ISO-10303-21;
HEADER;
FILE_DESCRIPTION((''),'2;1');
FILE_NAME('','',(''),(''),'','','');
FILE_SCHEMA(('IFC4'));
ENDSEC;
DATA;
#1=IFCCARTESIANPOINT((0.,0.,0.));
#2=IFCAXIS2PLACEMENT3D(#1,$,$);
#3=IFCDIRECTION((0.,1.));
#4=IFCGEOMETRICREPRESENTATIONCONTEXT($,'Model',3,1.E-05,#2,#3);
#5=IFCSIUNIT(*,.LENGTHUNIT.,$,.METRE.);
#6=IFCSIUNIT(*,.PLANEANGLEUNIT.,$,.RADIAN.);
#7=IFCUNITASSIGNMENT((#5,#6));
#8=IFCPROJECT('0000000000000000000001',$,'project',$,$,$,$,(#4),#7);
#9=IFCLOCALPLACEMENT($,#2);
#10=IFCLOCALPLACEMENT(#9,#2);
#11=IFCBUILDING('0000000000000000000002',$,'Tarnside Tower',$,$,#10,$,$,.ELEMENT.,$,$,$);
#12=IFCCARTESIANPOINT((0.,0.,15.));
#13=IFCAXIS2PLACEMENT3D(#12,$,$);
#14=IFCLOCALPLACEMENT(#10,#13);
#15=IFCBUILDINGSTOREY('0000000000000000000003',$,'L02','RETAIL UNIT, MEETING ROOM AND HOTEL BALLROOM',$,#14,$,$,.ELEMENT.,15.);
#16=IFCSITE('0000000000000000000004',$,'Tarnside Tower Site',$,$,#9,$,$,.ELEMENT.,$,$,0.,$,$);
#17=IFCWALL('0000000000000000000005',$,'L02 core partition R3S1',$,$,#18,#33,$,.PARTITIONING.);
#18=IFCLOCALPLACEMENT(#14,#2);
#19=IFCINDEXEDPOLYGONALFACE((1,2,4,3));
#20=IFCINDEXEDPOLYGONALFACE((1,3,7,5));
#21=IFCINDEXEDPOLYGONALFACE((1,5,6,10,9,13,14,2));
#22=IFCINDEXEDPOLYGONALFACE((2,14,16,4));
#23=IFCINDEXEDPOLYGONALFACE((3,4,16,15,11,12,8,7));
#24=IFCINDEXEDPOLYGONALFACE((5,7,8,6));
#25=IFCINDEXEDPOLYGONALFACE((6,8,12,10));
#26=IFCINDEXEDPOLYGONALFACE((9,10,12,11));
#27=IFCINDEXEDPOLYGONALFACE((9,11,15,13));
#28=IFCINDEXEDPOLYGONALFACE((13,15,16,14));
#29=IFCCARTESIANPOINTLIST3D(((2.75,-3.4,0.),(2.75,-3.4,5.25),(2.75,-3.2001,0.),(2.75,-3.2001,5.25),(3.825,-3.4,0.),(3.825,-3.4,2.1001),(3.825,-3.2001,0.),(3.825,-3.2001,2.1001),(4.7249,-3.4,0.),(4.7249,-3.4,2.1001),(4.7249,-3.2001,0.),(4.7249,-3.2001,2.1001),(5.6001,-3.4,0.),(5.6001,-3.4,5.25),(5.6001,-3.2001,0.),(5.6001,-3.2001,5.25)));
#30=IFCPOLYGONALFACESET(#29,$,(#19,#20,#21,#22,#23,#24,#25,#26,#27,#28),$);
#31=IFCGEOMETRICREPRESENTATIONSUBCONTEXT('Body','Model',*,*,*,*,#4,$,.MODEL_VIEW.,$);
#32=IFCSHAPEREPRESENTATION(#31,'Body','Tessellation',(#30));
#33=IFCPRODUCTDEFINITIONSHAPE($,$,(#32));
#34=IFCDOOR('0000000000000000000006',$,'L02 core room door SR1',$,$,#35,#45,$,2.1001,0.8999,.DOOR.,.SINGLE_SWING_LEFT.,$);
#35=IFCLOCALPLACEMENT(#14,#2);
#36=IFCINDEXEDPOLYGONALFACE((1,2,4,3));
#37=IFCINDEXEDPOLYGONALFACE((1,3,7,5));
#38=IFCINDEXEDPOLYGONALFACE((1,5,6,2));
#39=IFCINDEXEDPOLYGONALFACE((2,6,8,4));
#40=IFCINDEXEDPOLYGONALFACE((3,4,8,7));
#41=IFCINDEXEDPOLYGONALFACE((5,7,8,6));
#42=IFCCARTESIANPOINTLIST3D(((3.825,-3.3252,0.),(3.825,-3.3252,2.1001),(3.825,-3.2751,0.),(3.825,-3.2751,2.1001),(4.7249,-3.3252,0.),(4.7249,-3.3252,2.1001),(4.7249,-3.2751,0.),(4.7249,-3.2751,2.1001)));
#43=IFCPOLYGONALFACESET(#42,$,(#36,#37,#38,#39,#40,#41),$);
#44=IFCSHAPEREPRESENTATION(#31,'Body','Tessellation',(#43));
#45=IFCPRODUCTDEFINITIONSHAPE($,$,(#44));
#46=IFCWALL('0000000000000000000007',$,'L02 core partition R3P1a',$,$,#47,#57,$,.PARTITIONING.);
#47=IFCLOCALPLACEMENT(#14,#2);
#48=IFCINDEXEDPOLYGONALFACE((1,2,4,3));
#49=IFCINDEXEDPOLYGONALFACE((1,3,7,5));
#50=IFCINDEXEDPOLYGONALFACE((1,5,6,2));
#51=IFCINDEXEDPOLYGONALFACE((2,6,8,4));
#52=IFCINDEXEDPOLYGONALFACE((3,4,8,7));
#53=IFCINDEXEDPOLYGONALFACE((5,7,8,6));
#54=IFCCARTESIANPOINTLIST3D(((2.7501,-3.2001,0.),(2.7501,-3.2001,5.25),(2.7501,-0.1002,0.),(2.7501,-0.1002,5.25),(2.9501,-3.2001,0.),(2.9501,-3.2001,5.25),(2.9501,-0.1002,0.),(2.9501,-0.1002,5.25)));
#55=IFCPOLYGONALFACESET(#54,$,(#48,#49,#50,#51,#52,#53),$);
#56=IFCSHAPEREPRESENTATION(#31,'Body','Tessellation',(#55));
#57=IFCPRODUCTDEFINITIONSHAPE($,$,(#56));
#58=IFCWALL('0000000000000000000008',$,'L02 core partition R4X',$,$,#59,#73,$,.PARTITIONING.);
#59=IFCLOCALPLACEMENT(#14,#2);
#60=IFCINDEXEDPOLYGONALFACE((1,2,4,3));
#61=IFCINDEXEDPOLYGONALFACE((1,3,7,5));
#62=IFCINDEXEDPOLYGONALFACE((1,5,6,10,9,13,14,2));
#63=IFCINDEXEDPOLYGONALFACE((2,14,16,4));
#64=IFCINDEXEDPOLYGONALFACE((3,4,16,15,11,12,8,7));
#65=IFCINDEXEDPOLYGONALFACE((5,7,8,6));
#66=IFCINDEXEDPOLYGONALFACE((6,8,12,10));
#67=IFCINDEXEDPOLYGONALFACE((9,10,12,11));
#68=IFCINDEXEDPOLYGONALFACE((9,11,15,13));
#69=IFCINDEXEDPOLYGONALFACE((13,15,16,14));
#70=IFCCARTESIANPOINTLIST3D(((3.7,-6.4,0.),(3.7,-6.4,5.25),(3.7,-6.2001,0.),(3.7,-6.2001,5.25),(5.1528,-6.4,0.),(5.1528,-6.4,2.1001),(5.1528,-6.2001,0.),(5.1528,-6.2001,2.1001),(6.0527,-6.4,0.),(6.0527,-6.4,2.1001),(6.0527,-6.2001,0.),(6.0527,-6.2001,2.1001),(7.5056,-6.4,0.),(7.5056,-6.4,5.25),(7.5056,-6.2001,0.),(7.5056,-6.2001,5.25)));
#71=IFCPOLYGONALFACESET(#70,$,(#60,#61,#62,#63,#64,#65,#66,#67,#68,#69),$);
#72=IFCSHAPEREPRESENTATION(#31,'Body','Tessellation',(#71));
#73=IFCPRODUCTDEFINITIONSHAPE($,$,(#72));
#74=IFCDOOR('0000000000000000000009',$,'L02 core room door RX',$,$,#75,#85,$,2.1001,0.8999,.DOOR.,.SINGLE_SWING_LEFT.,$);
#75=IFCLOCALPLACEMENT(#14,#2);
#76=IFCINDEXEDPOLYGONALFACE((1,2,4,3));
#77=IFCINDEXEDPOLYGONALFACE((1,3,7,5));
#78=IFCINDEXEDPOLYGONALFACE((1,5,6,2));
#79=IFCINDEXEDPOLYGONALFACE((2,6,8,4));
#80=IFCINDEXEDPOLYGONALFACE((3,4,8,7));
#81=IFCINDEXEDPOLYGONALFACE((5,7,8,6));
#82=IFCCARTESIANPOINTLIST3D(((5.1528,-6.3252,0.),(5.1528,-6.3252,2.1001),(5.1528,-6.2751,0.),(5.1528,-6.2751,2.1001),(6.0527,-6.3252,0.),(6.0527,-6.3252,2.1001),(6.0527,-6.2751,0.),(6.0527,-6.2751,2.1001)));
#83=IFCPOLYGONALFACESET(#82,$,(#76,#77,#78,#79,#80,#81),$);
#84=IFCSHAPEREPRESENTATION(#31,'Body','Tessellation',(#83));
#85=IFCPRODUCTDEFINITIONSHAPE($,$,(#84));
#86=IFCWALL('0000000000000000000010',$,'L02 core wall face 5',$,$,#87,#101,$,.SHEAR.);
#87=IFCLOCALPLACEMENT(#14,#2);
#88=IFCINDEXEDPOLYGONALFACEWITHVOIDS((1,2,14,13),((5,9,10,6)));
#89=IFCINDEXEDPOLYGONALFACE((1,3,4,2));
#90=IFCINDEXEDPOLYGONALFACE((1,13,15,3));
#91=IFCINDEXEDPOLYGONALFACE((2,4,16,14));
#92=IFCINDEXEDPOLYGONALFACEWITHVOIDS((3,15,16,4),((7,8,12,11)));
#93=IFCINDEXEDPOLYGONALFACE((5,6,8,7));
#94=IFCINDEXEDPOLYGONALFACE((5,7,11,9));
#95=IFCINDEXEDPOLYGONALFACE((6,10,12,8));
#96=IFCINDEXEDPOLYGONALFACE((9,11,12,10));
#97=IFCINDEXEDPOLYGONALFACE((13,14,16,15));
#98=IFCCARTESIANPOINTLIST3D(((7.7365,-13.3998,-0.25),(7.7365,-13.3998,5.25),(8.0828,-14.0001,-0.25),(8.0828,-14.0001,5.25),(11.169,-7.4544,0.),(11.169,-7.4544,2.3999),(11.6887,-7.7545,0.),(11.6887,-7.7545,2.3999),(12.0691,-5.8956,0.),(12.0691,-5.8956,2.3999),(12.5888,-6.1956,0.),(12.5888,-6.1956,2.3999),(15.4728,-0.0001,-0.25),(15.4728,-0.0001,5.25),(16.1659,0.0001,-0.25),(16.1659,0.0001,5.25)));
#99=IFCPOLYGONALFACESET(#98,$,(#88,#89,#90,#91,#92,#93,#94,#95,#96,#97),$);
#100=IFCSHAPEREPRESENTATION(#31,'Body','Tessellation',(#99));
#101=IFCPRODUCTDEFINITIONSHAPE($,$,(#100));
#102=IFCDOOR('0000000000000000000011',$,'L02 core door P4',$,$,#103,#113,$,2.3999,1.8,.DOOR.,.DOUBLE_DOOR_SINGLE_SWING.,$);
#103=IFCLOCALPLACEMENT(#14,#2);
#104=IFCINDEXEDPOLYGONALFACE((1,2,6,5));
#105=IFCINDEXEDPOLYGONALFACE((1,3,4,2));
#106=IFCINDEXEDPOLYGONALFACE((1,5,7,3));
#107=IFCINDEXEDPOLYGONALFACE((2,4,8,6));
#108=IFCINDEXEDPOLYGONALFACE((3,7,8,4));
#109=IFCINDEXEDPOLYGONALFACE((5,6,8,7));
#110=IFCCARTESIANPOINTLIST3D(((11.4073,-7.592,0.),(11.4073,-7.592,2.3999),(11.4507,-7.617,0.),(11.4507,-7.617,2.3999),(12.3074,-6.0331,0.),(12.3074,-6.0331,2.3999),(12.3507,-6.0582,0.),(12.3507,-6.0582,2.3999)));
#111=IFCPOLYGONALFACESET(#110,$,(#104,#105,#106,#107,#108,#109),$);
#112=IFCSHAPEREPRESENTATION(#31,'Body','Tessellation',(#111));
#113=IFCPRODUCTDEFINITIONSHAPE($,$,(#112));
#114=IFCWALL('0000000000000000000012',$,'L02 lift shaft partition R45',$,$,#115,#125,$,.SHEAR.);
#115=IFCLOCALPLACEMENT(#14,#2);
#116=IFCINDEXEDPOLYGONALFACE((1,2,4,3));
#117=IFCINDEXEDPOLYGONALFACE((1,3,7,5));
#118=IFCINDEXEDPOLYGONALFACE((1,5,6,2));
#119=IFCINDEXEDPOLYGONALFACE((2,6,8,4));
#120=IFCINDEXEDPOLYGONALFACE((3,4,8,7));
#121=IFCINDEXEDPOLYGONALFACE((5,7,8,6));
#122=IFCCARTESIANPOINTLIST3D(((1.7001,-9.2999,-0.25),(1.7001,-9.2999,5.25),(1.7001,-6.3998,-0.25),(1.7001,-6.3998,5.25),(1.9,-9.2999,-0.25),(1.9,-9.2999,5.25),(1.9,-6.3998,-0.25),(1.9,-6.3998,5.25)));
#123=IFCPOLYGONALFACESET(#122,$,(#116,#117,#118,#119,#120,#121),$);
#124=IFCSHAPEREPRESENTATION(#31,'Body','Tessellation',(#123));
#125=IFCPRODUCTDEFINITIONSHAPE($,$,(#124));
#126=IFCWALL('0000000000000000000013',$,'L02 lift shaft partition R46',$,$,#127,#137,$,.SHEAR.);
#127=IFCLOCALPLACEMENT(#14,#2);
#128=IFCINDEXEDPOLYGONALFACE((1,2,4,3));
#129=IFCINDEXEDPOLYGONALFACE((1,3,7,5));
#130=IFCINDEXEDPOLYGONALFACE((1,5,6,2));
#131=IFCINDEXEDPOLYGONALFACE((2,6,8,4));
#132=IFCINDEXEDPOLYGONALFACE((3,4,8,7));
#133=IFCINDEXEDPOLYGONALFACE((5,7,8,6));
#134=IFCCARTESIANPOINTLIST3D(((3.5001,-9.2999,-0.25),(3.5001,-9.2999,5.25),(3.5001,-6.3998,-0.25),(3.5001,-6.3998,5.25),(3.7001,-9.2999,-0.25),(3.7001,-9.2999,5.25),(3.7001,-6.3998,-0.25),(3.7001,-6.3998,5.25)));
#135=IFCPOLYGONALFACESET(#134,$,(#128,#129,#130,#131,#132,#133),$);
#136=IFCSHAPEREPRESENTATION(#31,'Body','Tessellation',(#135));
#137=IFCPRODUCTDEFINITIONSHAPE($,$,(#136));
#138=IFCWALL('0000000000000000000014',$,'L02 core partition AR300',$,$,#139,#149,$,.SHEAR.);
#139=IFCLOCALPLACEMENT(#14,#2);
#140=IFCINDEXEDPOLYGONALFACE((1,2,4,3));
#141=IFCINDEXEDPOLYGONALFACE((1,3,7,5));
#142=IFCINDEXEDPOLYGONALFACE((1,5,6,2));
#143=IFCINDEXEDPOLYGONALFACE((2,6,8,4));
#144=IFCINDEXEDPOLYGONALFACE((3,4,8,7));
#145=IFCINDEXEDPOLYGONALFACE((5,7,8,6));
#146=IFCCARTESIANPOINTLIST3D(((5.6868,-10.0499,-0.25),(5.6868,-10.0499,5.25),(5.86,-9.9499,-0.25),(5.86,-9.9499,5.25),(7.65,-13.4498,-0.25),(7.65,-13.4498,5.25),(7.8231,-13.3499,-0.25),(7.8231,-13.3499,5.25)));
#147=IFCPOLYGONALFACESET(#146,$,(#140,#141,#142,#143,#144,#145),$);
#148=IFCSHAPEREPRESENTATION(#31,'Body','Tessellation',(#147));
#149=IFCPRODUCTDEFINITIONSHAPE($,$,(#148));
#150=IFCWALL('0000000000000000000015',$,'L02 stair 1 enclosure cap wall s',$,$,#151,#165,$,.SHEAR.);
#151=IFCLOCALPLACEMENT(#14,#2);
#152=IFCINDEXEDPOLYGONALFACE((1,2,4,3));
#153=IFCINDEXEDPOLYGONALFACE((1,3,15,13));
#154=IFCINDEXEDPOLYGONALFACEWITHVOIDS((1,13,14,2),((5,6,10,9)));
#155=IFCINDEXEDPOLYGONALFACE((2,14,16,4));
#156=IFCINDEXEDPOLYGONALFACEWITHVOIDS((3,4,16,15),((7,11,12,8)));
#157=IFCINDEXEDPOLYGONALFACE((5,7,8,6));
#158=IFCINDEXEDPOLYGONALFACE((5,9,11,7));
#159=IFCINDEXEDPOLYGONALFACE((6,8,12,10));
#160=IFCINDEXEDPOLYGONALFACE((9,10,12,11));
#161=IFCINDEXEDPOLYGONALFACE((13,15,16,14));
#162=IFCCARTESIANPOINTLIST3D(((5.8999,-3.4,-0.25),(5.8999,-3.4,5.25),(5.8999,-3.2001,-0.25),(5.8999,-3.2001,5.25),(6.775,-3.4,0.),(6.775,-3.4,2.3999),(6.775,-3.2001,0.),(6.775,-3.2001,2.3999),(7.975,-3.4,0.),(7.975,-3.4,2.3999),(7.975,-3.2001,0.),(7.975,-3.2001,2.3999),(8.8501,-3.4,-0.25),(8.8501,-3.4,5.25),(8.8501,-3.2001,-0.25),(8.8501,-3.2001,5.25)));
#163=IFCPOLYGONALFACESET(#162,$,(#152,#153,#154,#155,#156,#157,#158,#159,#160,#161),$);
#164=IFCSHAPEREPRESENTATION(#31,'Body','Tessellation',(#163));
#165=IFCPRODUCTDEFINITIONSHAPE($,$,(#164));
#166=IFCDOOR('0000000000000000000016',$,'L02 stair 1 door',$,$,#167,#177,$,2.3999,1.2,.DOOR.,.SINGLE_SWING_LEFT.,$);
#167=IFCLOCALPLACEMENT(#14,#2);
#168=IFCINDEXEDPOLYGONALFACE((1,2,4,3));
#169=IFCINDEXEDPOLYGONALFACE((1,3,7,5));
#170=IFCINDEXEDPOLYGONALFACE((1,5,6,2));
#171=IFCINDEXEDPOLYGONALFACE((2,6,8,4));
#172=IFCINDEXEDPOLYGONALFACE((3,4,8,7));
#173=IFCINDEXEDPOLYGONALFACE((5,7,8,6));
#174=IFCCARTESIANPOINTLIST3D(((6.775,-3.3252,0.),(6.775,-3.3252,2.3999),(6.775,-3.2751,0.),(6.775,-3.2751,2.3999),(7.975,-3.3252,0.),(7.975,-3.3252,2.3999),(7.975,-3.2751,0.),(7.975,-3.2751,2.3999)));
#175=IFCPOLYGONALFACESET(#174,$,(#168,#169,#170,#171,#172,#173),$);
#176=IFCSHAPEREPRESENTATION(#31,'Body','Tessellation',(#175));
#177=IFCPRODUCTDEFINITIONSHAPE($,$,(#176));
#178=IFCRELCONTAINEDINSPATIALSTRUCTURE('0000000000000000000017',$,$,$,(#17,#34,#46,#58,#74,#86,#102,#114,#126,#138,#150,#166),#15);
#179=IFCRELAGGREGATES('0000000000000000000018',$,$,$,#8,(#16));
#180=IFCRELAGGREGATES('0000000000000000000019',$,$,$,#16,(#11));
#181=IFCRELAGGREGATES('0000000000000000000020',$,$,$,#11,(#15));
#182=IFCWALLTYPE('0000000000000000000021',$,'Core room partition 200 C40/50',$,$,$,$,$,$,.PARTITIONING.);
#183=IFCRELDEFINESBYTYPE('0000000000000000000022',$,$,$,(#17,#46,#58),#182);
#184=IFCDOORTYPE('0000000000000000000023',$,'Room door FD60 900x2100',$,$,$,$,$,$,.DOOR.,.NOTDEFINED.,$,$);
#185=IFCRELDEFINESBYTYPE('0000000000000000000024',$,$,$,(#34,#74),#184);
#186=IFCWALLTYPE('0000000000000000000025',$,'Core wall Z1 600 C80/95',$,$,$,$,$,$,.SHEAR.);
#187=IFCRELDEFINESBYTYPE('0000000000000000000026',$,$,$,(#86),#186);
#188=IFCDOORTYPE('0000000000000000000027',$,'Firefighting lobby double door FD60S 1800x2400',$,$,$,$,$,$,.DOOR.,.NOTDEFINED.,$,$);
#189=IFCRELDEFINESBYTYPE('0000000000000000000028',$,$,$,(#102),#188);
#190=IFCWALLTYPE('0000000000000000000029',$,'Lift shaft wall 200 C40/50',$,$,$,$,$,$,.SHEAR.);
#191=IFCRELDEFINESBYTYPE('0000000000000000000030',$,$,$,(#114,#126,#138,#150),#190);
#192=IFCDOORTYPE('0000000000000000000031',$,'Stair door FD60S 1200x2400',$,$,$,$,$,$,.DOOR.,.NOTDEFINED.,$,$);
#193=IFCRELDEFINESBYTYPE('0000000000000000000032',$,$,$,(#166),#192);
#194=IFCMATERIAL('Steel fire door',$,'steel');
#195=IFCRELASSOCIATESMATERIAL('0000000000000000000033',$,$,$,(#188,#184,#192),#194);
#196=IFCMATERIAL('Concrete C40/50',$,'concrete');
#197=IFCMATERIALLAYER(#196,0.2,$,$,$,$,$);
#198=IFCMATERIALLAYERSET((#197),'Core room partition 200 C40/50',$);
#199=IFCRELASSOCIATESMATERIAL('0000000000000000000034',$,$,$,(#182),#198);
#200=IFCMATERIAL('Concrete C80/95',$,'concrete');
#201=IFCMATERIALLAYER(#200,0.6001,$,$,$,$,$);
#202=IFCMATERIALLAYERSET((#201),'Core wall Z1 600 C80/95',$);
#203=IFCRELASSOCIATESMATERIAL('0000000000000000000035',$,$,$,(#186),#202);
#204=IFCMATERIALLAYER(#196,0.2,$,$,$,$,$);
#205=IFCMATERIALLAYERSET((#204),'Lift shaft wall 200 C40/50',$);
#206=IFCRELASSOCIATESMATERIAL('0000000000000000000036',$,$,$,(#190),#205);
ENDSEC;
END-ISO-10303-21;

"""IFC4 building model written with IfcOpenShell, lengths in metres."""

from ifc_helpers import new_model, si_unit, direction, frame, frame_2d, origin, place, context, subcontext, project, spatial, polyline, rectangle, outline, extrude, material, layer, layer_set, type_object, element, fill, save


model = new_model("IFC4")

# Units and contexts
model_context = context("Model", 3, precision=1e-05, world=origin(), true_north=direction((0.0, 1.0)))
body_context = subcontext(model_context, "Body", "Model", "MODEL_VIEW")
ifc_project = project(units=[si_unit("LENGTHUNIT", "METRE"), si_unit("PLANEANGLEUNIT", "RADIAN")], contexts=[model_context])

# Site, building, storey
site_placement = place(None, origin())
site = spatial("IfcSite", under=ifc_project, at=site_placement, Name="Tarnside Tower Site", CompositionType="ELEMENT", RefElevation=0.0)
building_placement = place(site_placement, origin())
building = spatial("IfcBuilding", under=site, at=building_placement, Name="Tarnside Tower", CompositionType="ELEMENT")
storey_placement = place(building_placement, frame((0.0, 0.0, 15.0)))
storey = spatial("IfcBuildingStorey", under=building, at=storey_placement, Name="L02", Description="RETAIL UNIT, MEETING ROOM AND HOTEL BALLROOM", CompositionType="ELEMENT", Elevation=15.0)

# Shared definitions
ifc_material_1 = material(Name="Concrete C40/50", Category="concrete")

# Wall, opening, door
ifc_material_2 = material(Name="Steel fire door", Category="steel")
door_type_1 = type_object("IfcDoorType", Name="Firefighting lobby double door FD60S 1800x2400", OperationType="NOTDEFINED", PredefinedType="DOOR", material=ifc_material_2)
ifc_layer_1 = layer(ifc_material_1, 0.2)
ifc_layer_set_1 = layer_set([ifc_layer_1], Name="Core room partition 200 C40/50")
wall_type_1 = type_object("IfcWallType", Name="Core room partition 200 C40/50", PredefinedType="PARTITIONING", material=ifc_layer_set_1)
wall_1_placement = place(storey_placement, frame((2.75, -3.3, 0.0), z_axis=(0.0, 0.0, 1.0), x_axis=(1.0, 0.0, 0.0)))
wall_1 = element("IfcWall", 1, at=wall_1_placement, inside=storey, type_object=wall_type_1, Name="L02 core partition R3S1", PredefinedType="PARTITIONING", context=body_context, shape_type="SweptSolid", body=[
    extrude(rectangle(XDim=2.8501, YDim=0.2, at=frame_2d((1.425, 0.0))), origin(), (0.0, 0.0, 1.0), 5.25),
])
opening_1_placement = place(wall_1_placement, frame((1.075, 0.0, 0.0)))
opening_1 = element("IfcOpeningElement", 2, at=opening_1_placement, cuts=wall_1, PredefinedType="OPENING", context=body_context, shape_type="SweptSolid", body=[
    extrude(rectangle(XDim=0.8999, YDim=2.1001, at=frame_2d((0.45, 1.05))), frame((0.0, 0.1099, 0.0), z_axis=(0.0, -1.0, 0.0), x_axis=(1.0, 0.0, 0.0)), (0.0, 0.0, 1.0), 0.22),
])
door_type_2 = type_object("IfcDoorType", Name="Room door FD60 900x2100", OperationType="NOTDEFINED", PredefinedType="DOOR", material=ifc_material_2)
door_1_placement = place(opening_1_placement, origin())
door_1 = element("IfcDoor", 3, at=door_1_placement, inside=storey, type_object=door_type_2, Name="L02 core room door SR1", OperationType="SINGLE_SWING_LEFT", OverallHeight=2.1001, OverallWidth=0.8999, PredefinedType="DOOR", context=body_context, shape_type="SweptSolid", body=[
    extrude(rectangle(XDim=0.8999, YDim=2.1001, at=frame_2d((0.45, 1.05))), frame((0.0, 0.0249, 0.0), z_axis=(0.0, -1.0, 0.0), x_axis=(1.0, 0.0, 0.0)), (0.0, 0.0, 1.0), 0.05),
])
fill(opening_1, door_1)

# Wall
wall_2_placement = place(storey_placement, frame((2.8501, -3.2, 0.0), z_axis=(0.0, 0.0, 1.0), x_axis=(0.0, 1.0, 0.0)))
element("IfcWall", 4, at=wall_2_placement, inside=storey, type_object=wall_type_1, Name="L02 core partition R3P1a", PredefinedType="PARTITIONING", context=body_context, shape_type="SweptSolid", body=[
    extrude(rectangle(XDim=3.0999, YDim=0.2, at=frame_2d((1.5498, 0.0))), origin(), (0.0, 0.0, 1.0), 5.25),
])

# Walls, openings, doors
wall_3_placement = place(storey_placement, frame((3.7, -6.3, 0.0), z_axis=(0.0, 0.0, 1.0), x_axis=(1.0, 0.0, 0.0)))
wall_3 = element("IfcWall", 5, at=wall_3_placement, inside=storey, type_object=wall_type_1, Name="L02 core partition R4X", PredefinedType="PARTITIONING", context=body_context, shape_type="SweptSolid", body=[
    extrude(rectangle(XDim=3.8057, YDim=0.2, at=frame_2d((1.9028, 0.0))), origin(), (0.0, 0.0, 1.0), 5.25),
])
opening_2_placement = place(wall_3_placement, frame((1.4529, 0.0, 0.0)))
opening_2 = element("IfcOpeningElement", 6, at=opening_2_placement, cuts=wall_3, PredefinedType="OPENING", context=body_context, shape_type="SweptSolid", body=[
    extrude(rectangle(XDim=0.8999, YDim=2.1001, at=frame_2d((0.45, 1.05))), frame((0.0, 0.1099, 0.0), z_axis=(0.0, -1.0, 0.0), x_axis=(1.0, 0.0, 0.0)), (0.0, 0.0, 1.0), 0.22),
])
door_2_placement = place(opening_2_placement, origin())
door_2 = element("IfcDoor", 7, at=door_2_placement, inside=storey, type_object=door_type_2, Name="L02 core room door RX", OperationType="SINGLE_SWING_LEFT", OverallHeight=2.1001, OverallWidth=0.8999, PredefinedType="DOOR", context=body_context, shape_type="SweptSolid", body=[
    extrude(rectangle(XDim=0.8999, YDim=2.1001, at=frame_2d((0.45, 1.05))), frame((0.0, 0.0249, 0.0), z_axis=(0.0, -1.0, 0.0), x_axis=(1.0, 0.0, 0.0)), (0.0, 0.0, 1.0), 0.05),
])
fill(opening_2, door_2)
ifc_material_3 = material(Name="Concrete C80/95", Category="concrete")
ifc_layer_2 = layer(ifc_material_3, 0.6001)
ifc_layer_set_2 = layer_set([ifc_layer_2], Name="Core wall Z1 600 C80/95")
wall_type_2 = type_object("IfcWallType", Name="Core wall Z1 600 C80/95", PredefinedType="SHEAR", material=ifc_layer_set_2)
wall_4_placement = place(storey_placement, frame((7.9097, -13.7, -0.25), z_axis=(0.0, 0.0, 1.0), x_axis=(0.5, 0.866025, 0.0)))
wall_4 = element("IfcWall", 8, at=wall_4_placement, inside=storey, type_object=wall_type_2, Name="L02 core wall face 5", PredefinedType="SHEAR", context=body_context, shape_type="SweptSolid", body=[
    extrude(outline(polyline([(-0.1733, -0.3), (15.9927, -0.3), (15.646, 0.3), (0.1733, 0.3), (-0.1733, -0.3)])), origin(), (0.0, 0.0, 1.0), 5.5),
])
opening_3_placement = place(wall_4_placement, frame((7.0386, 0.0, 0.25)))
opening_3 = element("IfcOpeningElement", 9, at=opening_3_placement, cuts=wall_4, PredefinedType="OPENING", context=body_context, shape_type="SweptSolid", body=[
    extrude(rectangle(XDim=1.8, YDim=2.3999, at=frame_2d((0.8999, 1.2))), frame((0.0, 0.3101, 0.0), z_axis=(0.0, -1.0, 0.0), x_axis=(1.0, 0.0, 0.0)), (0.0, 0.0, 1.0), 0.6201),
])
door_3_placement = place(opening_3_placement, origin())
door_3 = element("IfcDoor", 10, at=door_3_placement, inside=storey, type_object=door_type_1, Name="L02 core door P4", OperationType="DOUBLE_DOOR_SINGLE_SWING", OverallHeight=2.3999, OverallWidth=1.8, PredefinedType="DOOR", context=body_context, shape_type="SweptSolid", body=[
    extrude(rectangle(XDim=1.8, YDim=2.3999, at=frame_2d((0.8999, 1.2))), frame((0.0, 0.0249, 0.0), z_axis=(0.0, -1.0, 0.0), x_axis=(1.0, 0.0, 0.0)), (0.0, 0.0, 1.0), 0.05),
])
fill(opening_3, door_3)

# Walls
ifc_layer_3 = layer(ifc_material_1, 0.2)
ifc_layer_set_3 = layer_set([ifc_layer_3], Name="Lift shaft wall 200 C40/50")
wall_type_3 = type_object("IfcWallType", Name="Lift shaft wall 200 C40/50", PredefinedType="SHEAR", material=ifc_layer_set_3)
for number, where, z_axis, x_axis, name in (
    (11, (1.8, -9.3, -0.25), (0.0, 0.0, 1.0), (0.0, 1.0, 0.0), "L02 lift shaft partition R45"),
    (12, (3.6001, -9.3, -0.25), (0.0, 0.0, 1.0), (0.0, 1.0, 0.0), "L02 lift shaft partition R46"),
):
    element("IfcWall", number, at=place(storey_placement, frame(where, z_axis=z_axis, x_axis=x_axis)), inside=storey, type_object=wall_type_3, Name=name, PredefinedType="SHEAR", context=body_context, shape_type="SweptSolid", body=[
        extrude(rectangle(XDim=2.9001, YDim=0.2, at=frame_2d((1.4502, 0.0))), origin(), (0.0, 0.0, 1.0), 5.5),
    ])
wall_5_placement = place(storey_placement, frame((5.7734, -10.0, -0.25), z_axis=(0.0, 0.0, 1.0), x_axis=(0.500038, -0.866003, 0.0)))
element("IfcWall", 13, at=wall_5_placement, inside=storey, type_object=wall_type_3, Name="L02 core partition AR300", PredefinedType="SHEAR", context=body_context, shape_type="SweptSolid", body=[
    extrude(rectangle(XDim=3.926, YDim=0.2, at=frame_2d((1.9629, 0.0))), origin(), (0.0, 0.0, 1.0), 5.5),
])

# Wall, opening, door
wall_6_placement = place(storey_placement, frame((5.8999, -3.3, -0.25), z_axis=(0.0, 0.0, 1.0), x_axis=(1.0, 0.0, 0.0)))
wall_6 = element("IfcWall", 14, at=wall_6_placement, inside=storey, type_object=wall_type_3, Name="L02 stair 1 enclosure cap wall s", PredefinedType="SHEAR", context=body_context, shape_type="SweptSolid", body=[
    extrude(rectangle(XDim=2.9502, YDim=0.2, at=frame_2d((1.4751, 0.0))), origin(), (0.0, 0.0, 1.0), 5.5),
])
opening_4_placement = place(wall_6_placement, frame((0.875, 0.0, 0.25)))
opening_4 = element("IfcOpeningElement", 15, at=opening_4_placement, cuts=wall_6, PredefinedType="OPENING", context=body_context, shape_type="SweptSolid", body=[
    extrude(rectangle(XDim=1.2, YDim=2.3999, at=frame_2d((0.6001, 1.2))), frame((0.0, 0.1099, 0.0), z_axis=(0.0, -1.0, 0.0), x_axis=(1.0, 0.0, 0.0)), (0.0, 0.0, 1.0), 0.22),
])
door_type_3 = type_object("IfcDoorType", Name="Stair door FD60S 1200x2400", OperationType="NOTDEFINED", PredefinedType="DOOR", material=ifc_material_2)
door_4_placement = place(opening_4_placement, origin())
door_4 = element("IfcDoor", 16, at=door_4_placement, inside=storey, type_object=door_type_3, Name="L02 stair 1 door", OperationType="SINGLE_SWING_LEFT", OverallHeight=2.3999, OverallWidth=1.2, PredefinedType="DOOR", context=body_context, shape_type="SweptSolid", body=[
    extrude(rectangle(XDim=1.2, YDim=2.3999, at=frame_2d((0.6001, 1.2))), frame((0.0, 0.0249, 0.0), z_axis=(0.0, -1.0, 0.0), x_axis=(1.0, 0.0, 0.0)), (0.0, 0.0, 1.0), 0.05),
])
fill(opening_4, door_4)

save(model, "model.ifc")
